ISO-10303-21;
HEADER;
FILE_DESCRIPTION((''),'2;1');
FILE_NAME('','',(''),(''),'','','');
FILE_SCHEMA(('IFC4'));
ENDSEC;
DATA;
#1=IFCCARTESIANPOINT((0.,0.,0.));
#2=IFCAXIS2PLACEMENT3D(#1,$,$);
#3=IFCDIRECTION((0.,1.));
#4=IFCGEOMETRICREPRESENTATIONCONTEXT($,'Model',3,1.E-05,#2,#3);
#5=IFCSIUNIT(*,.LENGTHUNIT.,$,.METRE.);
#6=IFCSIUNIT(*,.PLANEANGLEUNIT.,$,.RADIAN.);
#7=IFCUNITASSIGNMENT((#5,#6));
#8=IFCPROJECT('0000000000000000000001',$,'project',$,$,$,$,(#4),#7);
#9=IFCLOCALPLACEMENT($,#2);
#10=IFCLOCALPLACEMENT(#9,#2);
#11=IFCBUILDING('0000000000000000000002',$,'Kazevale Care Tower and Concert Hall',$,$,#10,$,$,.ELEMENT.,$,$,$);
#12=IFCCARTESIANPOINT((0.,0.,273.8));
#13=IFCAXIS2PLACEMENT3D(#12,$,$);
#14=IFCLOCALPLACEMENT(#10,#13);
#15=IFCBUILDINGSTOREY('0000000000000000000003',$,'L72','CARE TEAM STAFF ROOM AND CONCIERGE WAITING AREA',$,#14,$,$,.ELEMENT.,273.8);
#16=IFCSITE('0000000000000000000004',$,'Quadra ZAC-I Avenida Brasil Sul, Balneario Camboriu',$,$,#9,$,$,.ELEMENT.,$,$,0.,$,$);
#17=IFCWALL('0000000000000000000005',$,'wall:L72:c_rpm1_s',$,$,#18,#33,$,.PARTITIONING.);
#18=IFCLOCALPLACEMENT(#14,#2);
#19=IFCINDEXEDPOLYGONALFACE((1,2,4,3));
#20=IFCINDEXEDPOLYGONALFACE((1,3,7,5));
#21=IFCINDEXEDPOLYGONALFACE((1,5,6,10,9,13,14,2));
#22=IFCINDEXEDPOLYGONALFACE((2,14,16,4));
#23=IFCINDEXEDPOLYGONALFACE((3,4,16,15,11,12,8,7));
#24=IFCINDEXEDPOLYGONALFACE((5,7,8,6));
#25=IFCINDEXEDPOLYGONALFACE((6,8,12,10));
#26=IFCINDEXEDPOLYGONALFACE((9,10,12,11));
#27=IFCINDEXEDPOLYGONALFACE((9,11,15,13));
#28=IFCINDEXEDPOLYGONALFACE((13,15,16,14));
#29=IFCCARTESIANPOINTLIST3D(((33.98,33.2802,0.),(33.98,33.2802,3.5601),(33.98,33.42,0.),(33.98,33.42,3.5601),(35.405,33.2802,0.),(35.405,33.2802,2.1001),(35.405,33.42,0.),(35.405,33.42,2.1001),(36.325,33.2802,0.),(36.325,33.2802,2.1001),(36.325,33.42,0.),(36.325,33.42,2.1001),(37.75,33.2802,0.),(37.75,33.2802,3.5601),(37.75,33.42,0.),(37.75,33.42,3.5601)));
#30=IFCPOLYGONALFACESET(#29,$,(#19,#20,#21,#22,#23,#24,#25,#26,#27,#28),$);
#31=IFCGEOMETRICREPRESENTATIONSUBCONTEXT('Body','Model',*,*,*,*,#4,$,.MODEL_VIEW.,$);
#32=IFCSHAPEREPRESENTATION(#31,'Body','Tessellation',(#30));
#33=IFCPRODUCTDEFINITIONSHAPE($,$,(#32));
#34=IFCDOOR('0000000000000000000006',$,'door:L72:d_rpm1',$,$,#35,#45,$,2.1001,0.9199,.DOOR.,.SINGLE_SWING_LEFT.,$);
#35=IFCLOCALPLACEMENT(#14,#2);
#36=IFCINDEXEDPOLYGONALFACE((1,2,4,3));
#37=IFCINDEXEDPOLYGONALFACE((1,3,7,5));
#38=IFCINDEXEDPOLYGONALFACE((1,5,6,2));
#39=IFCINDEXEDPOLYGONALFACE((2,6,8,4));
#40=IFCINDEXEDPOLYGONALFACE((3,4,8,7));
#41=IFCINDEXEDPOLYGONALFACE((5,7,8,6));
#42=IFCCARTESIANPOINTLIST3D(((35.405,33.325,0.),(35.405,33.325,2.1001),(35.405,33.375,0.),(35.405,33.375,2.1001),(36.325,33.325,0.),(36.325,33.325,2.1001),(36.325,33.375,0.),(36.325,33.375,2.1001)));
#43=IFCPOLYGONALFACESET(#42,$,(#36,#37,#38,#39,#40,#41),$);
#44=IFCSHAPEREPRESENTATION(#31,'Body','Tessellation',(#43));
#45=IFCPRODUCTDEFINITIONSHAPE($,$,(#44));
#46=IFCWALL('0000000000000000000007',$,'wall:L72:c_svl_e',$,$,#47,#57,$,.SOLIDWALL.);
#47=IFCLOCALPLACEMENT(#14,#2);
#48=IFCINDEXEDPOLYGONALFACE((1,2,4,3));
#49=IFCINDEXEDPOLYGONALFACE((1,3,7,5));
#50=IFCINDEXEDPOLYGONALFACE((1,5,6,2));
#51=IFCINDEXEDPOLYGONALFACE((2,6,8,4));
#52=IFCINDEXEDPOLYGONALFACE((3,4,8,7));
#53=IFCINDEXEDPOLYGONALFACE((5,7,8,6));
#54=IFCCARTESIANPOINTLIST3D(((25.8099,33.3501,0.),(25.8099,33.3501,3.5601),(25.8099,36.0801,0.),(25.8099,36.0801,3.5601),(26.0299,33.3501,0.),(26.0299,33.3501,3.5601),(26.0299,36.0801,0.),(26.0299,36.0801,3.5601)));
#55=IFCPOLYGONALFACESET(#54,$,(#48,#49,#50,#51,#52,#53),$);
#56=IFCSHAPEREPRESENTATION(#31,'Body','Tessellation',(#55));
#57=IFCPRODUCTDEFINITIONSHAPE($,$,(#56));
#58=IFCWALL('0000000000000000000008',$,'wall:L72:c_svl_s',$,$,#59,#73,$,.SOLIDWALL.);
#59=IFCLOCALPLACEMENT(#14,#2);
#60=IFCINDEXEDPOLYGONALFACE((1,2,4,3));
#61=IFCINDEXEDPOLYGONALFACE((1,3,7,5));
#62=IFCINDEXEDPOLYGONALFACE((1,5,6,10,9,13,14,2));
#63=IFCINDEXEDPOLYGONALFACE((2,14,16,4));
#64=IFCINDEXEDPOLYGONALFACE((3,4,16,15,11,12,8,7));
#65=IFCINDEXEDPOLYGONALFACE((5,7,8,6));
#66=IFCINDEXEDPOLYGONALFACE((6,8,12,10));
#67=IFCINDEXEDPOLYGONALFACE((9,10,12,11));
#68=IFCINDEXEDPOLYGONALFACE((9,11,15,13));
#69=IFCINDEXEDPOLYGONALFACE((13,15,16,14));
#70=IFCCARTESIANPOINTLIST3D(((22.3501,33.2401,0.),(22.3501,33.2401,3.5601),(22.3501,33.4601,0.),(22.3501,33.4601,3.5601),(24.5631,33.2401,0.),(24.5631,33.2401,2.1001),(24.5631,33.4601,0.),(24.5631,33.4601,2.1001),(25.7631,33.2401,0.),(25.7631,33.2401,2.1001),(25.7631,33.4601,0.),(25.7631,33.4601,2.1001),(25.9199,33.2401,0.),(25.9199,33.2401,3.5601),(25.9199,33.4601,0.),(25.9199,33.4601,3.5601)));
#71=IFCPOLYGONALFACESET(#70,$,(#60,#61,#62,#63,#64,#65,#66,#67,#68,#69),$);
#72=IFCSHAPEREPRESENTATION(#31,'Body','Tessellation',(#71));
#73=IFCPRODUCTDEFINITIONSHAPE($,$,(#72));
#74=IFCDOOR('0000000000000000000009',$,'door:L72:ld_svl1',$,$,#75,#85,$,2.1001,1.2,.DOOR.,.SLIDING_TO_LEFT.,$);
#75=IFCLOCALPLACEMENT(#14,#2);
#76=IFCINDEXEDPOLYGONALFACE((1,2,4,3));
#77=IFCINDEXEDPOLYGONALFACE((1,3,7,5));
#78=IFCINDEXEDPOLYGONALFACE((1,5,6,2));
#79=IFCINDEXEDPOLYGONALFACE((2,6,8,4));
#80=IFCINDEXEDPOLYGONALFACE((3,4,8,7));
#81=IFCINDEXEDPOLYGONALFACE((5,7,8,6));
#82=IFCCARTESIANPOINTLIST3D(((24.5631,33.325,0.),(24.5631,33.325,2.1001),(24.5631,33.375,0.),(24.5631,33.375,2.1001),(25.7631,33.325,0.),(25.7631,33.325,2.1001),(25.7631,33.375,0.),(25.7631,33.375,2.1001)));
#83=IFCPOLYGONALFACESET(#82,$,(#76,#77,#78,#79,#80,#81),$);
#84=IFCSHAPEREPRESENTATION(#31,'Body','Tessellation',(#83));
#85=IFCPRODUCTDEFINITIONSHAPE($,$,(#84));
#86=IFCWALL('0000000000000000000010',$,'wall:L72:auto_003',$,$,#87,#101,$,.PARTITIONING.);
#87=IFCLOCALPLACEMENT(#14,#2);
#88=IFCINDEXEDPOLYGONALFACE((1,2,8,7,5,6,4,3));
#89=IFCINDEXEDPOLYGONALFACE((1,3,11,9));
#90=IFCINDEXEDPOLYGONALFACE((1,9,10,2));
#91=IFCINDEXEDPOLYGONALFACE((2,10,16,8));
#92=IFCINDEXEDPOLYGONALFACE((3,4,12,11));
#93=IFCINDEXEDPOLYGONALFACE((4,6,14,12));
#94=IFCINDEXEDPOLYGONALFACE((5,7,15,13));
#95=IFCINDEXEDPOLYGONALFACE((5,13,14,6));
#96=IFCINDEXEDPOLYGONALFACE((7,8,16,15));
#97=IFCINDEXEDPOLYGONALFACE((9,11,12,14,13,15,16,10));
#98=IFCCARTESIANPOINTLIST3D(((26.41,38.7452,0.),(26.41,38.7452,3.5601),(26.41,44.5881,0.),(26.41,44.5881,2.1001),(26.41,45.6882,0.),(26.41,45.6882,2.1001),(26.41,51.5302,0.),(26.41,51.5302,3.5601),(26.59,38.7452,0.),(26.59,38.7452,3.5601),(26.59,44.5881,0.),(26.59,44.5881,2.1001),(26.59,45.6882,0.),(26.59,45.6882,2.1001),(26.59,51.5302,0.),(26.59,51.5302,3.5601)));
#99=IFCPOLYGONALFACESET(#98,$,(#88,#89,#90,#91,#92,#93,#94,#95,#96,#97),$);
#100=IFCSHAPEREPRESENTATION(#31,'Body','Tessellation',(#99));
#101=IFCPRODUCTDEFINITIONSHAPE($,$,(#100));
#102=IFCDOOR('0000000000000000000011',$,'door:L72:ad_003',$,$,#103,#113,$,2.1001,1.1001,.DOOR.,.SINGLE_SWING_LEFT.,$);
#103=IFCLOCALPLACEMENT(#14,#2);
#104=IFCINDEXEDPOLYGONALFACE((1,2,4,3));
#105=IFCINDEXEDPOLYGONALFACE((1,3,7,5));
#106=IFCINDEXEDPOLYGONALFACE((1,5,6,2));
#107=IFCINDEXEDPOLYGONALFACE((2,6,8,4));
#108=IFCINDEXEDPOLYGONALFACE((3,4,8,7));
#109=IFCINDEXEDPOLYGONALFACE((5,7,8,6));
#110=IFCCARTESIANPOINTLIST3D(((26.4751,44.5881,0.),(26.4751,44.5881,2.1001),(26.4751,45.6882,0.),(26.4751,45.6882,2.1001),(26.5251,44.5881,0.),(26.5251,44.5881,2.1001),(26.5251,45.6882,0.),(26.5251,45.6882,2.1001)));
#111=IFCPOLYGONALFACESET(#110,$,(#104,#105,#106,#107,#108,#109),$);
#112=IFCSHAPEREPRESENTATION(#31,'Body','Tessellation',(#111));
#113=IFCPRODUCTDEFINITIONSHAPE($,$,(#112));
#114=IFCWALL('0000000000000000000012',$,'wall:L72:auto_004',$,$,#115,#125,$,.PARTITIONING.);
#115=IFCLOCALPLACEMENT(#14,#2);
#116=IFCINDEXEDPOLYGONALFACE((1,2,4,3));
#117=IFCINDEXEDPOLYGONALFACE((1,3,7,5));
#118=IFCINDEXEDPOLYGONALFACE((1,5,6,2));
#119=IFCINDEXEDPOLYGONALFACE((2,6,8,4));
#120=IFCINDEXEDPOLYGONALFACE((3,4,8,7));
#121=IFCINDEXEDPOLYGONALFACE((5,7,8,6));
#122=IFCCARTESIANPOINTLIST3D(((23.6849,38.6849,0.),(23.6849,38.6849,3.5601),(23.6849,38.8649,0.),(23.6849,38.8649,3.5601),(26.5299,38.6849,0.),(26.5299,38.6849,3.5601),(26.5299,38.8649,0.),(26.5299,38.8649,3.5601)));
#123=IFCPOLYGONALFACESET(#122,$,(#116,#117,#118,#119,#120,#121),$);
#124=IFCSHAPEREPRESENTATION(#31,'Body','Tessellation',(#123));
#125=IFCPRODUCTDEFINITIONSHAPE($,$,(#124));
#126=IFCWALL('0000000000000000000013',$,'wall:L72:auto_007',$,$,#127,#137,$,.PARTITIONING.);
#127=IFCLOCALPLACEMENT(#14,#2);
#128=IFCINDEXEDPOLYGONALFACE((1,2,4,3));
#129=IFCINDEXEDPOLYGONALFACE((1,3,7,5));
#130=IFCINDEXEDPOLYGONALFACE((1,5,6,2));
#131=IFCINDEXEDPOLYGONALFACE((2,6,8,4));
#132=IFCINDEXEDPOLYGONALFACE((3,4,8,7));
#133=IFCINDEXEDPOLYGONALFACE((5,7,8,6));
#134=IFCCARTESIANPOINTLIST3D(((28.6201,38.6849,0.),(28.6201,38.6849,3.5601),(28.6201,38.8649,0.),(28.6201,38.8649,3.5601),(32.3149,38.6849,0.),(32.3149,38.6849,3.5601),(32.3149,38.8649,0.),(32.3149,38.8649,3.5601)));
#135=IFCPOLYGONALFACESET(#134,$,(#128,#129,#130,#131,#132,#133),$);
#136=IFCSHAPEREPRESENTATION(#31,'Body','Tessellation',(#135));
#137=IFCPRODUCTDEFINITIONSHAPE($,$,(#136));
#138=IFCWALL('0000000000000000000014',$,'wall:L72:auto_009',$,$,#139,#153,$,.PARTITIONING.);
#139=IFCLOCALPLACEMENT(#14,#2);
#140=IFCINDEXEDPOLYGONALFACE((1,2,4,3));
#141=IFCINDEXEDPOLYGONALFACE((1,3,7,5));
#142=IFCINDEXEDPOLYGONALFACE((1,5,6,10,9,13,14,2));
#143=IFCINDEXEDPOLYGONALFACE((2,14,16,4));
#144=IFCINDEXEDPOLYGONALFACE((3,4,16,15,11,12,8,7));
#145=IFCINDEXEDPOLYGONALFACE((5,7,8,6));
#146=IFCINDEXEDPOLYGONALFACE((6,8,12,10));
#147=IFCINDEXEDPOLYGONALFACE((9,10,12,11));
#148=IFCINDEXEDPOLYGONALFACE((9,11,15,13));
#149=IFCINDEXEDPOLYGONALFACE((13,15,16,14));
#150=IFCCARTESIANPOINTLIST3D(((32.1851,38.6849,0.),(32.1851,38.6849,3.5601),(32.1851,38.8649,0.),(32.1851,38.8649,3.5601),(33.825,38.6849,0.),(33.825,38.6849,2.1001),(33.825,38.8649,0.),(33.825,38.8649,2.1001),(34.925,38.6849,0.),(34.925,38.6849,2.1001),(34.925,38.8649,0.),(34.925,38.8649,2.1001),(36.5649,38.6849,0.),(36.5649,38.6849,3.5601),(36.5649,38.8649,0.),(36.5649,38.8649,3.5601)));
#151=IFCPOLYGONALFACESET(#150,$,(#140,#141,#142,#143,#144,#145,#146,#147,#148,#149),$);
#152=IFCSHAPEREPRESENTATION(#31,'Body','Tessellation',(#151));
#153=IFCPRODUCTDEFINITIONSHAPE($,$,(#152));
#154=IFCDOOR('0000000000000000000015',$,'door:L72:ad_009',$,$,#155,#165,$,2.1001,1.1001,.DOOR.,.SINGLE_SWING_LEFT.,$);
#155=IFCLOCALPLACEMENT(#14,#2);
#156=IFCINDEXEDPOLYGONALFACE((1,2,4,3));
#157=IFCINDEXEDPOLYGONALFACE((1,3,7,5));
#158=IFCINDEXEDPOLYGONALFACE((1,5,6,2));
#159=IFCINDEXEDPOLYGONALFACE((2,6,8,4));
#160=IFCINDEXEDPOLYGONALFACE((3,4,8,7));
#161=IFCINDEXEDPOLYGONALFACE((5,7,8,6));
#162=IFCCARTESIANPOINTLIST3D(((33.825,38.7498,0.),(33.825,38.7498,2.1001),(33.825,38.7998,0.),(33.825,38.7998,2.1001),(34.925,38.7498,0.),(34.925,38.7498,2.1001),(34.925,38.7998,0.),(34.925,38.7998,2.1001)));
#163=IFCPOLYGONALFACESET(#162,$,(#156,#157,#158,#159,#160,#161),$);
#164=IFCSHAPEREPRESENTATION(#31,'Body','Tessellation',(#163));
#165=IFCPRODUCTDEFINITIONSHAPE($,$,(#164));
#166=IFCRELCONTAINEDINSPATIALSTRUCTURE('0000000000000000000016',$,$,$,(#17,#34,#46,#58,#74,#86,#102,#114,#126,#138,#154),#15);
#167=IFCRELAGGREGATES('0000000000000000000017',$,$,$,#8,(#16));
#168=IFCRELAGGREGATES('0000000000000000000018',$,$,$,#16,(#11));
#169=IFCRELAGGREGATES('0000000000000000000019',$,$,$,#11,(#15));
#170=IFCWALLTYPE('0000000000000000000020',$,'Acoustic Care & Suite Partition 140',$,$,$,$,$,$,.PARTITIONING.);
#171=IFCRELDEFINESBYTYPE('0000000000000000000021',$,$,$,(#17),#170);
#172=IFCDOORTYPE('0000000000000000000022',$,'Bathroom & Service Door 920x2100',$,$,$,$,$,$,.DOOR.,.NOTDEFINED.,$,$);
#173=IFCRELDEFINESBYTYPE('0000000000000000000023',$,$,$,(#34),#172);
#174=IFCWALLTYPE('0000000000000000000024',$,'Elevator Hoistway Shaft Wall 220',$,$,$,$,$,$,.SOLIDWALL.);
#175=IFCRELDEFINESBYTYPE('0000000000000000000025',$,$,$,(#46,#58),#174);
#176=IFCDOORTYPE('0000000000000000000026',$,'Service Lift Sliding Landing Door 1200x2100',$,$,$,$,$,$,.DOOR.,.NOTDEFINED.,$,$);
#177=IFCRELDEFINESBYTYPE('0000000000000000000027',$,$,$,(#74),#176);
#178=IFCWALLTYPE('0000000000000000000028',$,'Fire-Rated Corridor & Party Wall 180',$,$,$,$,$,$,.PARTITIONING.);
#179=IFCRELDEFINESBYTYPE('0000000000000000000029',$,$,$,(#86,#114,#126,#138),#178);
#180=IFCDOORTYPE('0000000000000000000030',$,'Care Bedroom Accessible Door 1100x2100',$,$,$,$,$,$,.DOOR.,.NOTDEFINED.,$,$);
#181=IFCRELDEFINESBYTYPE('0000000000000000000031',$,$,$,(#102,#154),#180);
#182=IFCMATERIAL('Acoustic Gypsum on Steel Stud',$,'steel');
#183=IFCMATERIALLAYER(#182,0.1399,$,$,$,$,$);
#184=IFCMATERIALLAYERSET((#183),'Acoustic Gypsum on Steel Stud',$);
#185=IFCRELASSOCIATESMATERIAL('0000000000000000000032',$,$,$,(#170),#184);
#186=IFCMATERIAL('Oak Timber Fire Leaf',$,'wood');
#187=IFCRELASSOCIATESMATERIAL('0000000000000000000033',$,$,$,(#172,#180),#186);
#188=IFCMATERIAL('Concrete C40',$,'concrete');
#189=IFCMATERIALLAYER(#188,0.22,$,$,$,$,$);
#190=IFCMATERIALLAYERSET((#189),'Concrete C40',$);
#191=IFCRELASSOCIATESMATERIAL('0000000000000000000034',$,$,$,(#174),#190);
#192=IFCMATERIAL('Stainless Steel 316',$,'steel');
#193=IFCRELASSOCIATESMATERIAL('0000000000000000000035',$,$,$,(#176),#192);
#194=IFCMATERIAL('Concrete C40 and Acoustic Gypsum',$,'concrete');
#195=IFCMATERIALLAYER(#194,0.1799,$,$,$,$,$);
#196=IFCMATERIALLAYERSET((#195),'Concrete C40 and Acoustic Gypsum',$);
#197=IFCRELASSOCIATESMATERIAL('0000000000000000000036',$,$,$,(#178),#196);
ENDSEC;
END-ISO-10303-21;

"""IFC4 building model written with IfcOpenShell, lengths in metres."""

from ifc_helpers import new_model, si_unit, direction, frame, frame_2d, origin, place, context, subcontext, project, spatial, rectangle, extrude, material, layer, layer_set, type_object, element, fill, save


model = new_model("IFC4")

# Units and contexts
model_context = context("Model", 3, precision=1e-05, world=origin(), true_north=direction((0.0, 1.0)))
body_context = subcontext(model_context, "Body", "Model", "MODEL_VIEW")
ifc_project = project(units=[si_unit("LENGTHUNIT", "METRE"), si_unit("PLANEANGLEUNIT", "RADIAN")], contexts=[model_context])

# Site, building, storey
site_placement = place(None, origin())
site = spatial("IfcSite", under=ifc_project, at=site_placement, Name="Quadra ZAC-I Avenida Brasil Sul, Balneario Camboriu", CompositionType="ELEMENT", RefElevation=0.0)
building_placement = place(site_placement, origin())
building = spatial("IfcBuilding", under=site, at=building_placement, Name="Kazevale Care Tower and Concert Hall", CompositionType="ELEMENT")
storey_placement = place(building_placement, frame((0.0, 0.0, 273.8)))
storey = spatial("IfcBuildingStorey", under=building, at=storey_placement, Name="L72", Description="CARE TEAM STAFF ROOM AND CONCIERGE WAITING AREA", CompositionType="ELEMENT", Elevation=273.8)

# Shared definitions
ifc_material_1 = material(Name="Acoustic Gypsum on Steel Stud", Category="steel")
ifc_layer_1 = layer(ifc_material_1, 0.1399)
ifc_layer_set_1 = layer_set([ifc_layer_1], Name="Acoustic Gypsum on Steel Stud")
wall_type_1 = type_object("IfcWallType", Name="Acoustic Care & Suite Partition 140", PredefinedType="PARTITIONING", material=ifc_layer_set_1)
ifc_material_2 = material(Name="Oak Timber Fire Leaf", Category="wood")
door_type_1 = type_object("IfcDoorType", Name="Bathroom & Service Door 920x2100", OperationType="NOTDEFINED", PredefinedType="DOOR", material=ifc_material_2)

# Wall, opening, door
wall_1_placement = place(storey_placement, frame((33.98, 33.3501, 0.0), z_axis=(0.0, 0.0, 1.0), x_axis=(1.0, 0.0, 0.0)))
wall_1 = element("IfcWall", 1, at=wall_1_placement, inside=storey, type_object=wall_type_1, Name="wall:L72:c_rpm1_s", PredefinedType="PARTITIONING", context=body_context, shape_type="SweptSolid", body=[
    extrude(rectangle(XDim=3.77, YDim=0.1399, at=frame_2d((1.885, 0.0))), origin(), (0.0, 0.0, 1.0), 3.5601),
])
opening_1_placement = place(wall_1_placement, frame((1.425, 0.0, 0.0)))
opening_1 = element("IfcOpeningElement", 2, at=opening_1_placement, cuts=wall_1, PredefinedType="OPENING", context=body_context, shape_type="SweptSolid", body=[
    extrude(rectangle(XDim=0.9199, YDim=2.1001, at=frame_2d((0.46, 1.05))), frame((0.0, 0.0798, 0.0), z_axis=(0.0, -1.0, 0.0), x_axis=(1.0, 0.0, 0.0)), (0.0, 0.0, 1.0), 0.1599),
])
door_1_placement = place(opening_1_placement, origin())
door_1 = element("IfcDoor", 3, at=door_1_placement, inside=storey, type_object=door_type_1, Name="door:L72:d_rpm1", OperationType="SINGLE_SWING_LEFT", OverallHeight=2.1001, OverallWidth=0.9199, PredefinedType="DOOR", context=body_context, shape_type="SweptSolid", body=[
    extrude(rectangle(XDim=0.9199, YDim=2.1001, at=frame_2d((0.46, 1.05))), frame((0.0, 0.0249, 0.0), z_axis=(0.0, -1.0, 0.0), x_axis=(1.0, 0.0, 0.0)), (0.0, 0.0, 1.0), 0.05),
])
fill(opening_1, door_1)

# Wall
ifc_material_3 = material(Name="Concrete C40", Category="concrete")
ifc_layer_2 = layer(ifc_material_3, 0.22)
ifc_layer_set_2 = layer_set([ifc_layer_2], Name="Concrete C40")
wall_type_2 = type_object("IfcWallType", Name="Elevator Hoistway Shaft Wall 220", PredefinedType="SOLIDWALL", material=ifc_layer_set_2)
wall_2_placement = place(storey_placement, frame((25.9199, 33.3501, 0.0), z_axis=(0.0, 0.0, 1.0), x_axis=(0.0, 1.0, 0.0)))
element("IfcWall", 4, at=wall_2_placement, inside=storey, type_object=wall_type_2, Name="wall:L72:c_svl_e", PredefinedType="SOLIDWALL", context=body_context, shape_type="SweptSolid", body=[
    extrude(rectangle(XDim=2.73, YDim=0.22, at=frame_2d((1.365, 0.0))), origin(), (0.0, 0.0, 1.0), 3.5601),
])

# Walls, openings, doors
wall_3_placement = place(storey_placement, frame((22.3501, 33.3501, 0.0), z_axis=(0.0, 0.0, 1.0), x_axis=(1.0, 0.0, 0.0)))
wall_3 = element("IfcWall", 5, at=wall_3_placement, inside=storey, type_object=wall_type_2, Name="wall:L72:c_svl_s", PredefinedType="SOLIDWALL", context=body_context, shape_type="SweptSolid", body=[
    extrude(rectangle(XDim=3.5698, YDim=0.22, at=frame_2d((1.7849, 0.0))), origin(), (0.0, 0.0, 1.0), 3.5601),
])
opening_2_placement = place(wall_3_placement, frame((2.2129, 0.0, 0.0)))
opening_2 = element("IfcOpeningElement", 6, at=opening_2_placement, cuts=wall_3, PredefinedType="OPENING", context=body_context, shape_type="SweptSolid", body=[
    extrude(rectangle(XDim=1.2, YDim=2.1001, at=frame_2d((0.6001, 1.05))), frame((0.0, 0.1199, 0.0), z_axis=(0.0, -1.0, 0.0), x_axis=(1.0, 0.0, 0.0)), (0.0, 0.0, 1.0), 0.24),
])
ifc_material_4 = material(Name="Stainless Steel 316", Category="steel")
door_type_2 = type_object("IfcDoorType", Name="Service Lift Sliding Landing Door 1200x2100", OperationType="NOTDEFINED", PredefinedType="DOOR", material=ifc_material_4)
door_2_placement = place(opening_2_placement, origin())
door_2 = element("IfcDoor", 7, at=door_2_placement, inside=storey, type_object=door_type_2, Name="door:L72:ld_svl1", OperationType="SLIDING_TO_LEFT", OverallHeight=2.1001, OverallWidth=1.2, PredefinedType="DOOR", context=body_context, shape_type="SweptSolid", body=[
    extrude(rectangle(XDim=1.2, YDim=2.1001, at=frame_2d((0.6001, 1.05))), frame((0.0, 0.0249, 0.0), z_axis=(0.0, -1.0, 0.0), x_axis=(1.0, 0.0, 0.0)), (0.0, 0.0, 1.0), 0.05),
])
fill(opening_2, door_2)
ifc_material_5 = material(Name="Concrete C40 and Acoustic Gypsum", Category="concrete")
ifc_layer_3 = layer(ifc_material_5, 0.1799)
ifc_layer_set_3 = layer_set([ifc_layer_3], Name="Concrete C40 and Acoustic Gypsum")
wall_type_3 = type_object("IfcWallType", Name="Fire-Rated Corridor & Party Wall 180", PredefinedType="PARTITIONING", material=ifc_layer_set_3)
wall_4_placement = place(storey_placement, frame((26.5, 38.7451, 0.0), z_axis=(0.0, 0.0, 1.0), x_axis=(0.0, 1.0, 0.0)))
wall_4 = element("IfcWall", 8, at=wall_4_placement, inside=storey, type_object=wall_type_3, Name="wall:L72:auto_003", PredefinedType="PARTITIONING", context=body_context, shape_type="SweptSolid", body=[
    extrude(rectangle(XDim=12.7849, YDim=0.1799, at=frame_2d((6.3926, 0.0))), origin(), (0.0, 0.0, 1.0), 3.5601),
])
opening_3_placement = place(wall_4_placement, frame((5.843, 0.0, 0.0)))
opening_3 = element("IfcOpeningElement", 9, at=opening_3_placement, cuts=wall_4, PredefinedType="OPENING", context=body_context, shape_type="SweptSolid", body=[
    extrude(rectangle(XDim=1.1001, YDim=2.1001, at=frame_2d((0.55, 1.05))), frame((0.0, 0.0999, 0.0), z_axis=(0.0, -1.0, 0.0), x_axis=(1.0, 0.0, 0.0)), (0.0, 0.0, 1.0), 0.2),
])
door_type_3 = type_object("IfcDoorType", Name="Care Bedroom Accessible Door 1100x2100", OperationType="NOTDEFINED", PredefinedType="DOOR", material=ifc_material_2)
door_3_placement = place(opening_3_placement, origin())
door_3 = element("IfcDoor", 10, at=door_3_placement, inside=storey, type_object=door_type_3, Name="door:L72:ad_003", OperationType="SINGLE_SWING_LEFT", OverallHeight=2.1001, OverallWidth=1.1001, PredefinedType="DOOR", context=body_context, shape_type="SweptSolid", body=[
    extrude(rectangle(XDim=1.1001, YDim=2.1001, at=frame_2d((0.55, 1.05))), frame((0.0, 0.0249, 0.0), z_axis=(0.0, -1.0, 0.0), x_axis=(1.0, 0.0, 0.0)), (0.0, 0.0, 1.0), 0.05),
])
fill(opening_3, door_3)

# Walls
wall_5_placement = place(storey_placement, frame((23.6851, 38.7749, 0.0), z_axis=(0.0, 0.0, 1.0), x_axis=(1.0, 0.0, 0.0)))
element("IfcWall", 11, at=wall_5_placement, inside=storey, type_object=wall_type_3, Name="wall:L72:auto_004", PredefinedType="PARTITIONING", context=body_context, shape_type="SweptSolid", body=[
    extrude(rectangle(XDim=2.845, YDim=0.1799, at=frame_2d((1.4224, 0.0))), origin(), (0.0, 0.0, 1.0), 3.5601),
])
wall_6_placement = place(storey_placement, frame((28.6201, 38.7749, 0.0), z_axis=(0.0, 0.0, 1.0), x_axis=(1.0, 0.0, 0.0)))
element("IfcWall", 12, at=wall_6_placement, inside=storey, type_object=wall_type_3, Name="wall:L72:auto_007", PredefinedType="PARTITIONING", context=body_context, shape_type="SweptSolid", body=[
    extrude(rectangle(XDim=3.6948, YDim=0.1799, at=frame_2d((1.8474, 0.0))), origin(), (0.0, 0.0, 1.0), 3.5601),
])

# Wall, opening, door
wall_7_placement = place(storey_placement, frame((32.1851, 38.7749, 0.0), z_axis=(0.0, 0.0, 1.0), x_axis=(1.0, 0.0, 0.0)))
wall_7 = element("IfcWall", 13, at=wall_7_placement, inside=storey, type_object=wall_type_3, Name="wall:L72:auto_009", PredefinedType="PARTITIONING", context=body_context, shape_type="SweptSolid", body=[
    extrude(rectangle(XDim=4.3799, YDim=0.1799, at=frame_2d((2.1899, 0.0))), origin(), (0.0, 0.0, 1.0), 3.5601),
])
opening_4_placement = place(wall_7_placement, frame((1.6399, 0.0, 0.0)))
opening_4 = element("IfcOpeningElement", 14, at=opening_4_placement, cuts=wall_7, PredefinedType="OPENING", context=body_context, shape_type="SweptSolid", body=[
    extrude(rectangle(XDim=1.1001, YDim=2.1001, at=frame_2d((0.55, 1.05))), frame((0.0, 0.0999, 0.0), z_axis=(0.0, -1.0, 0.0), x_axis=(1.0, 0.0, 0.0)), (0.0, 0.0, 1.0), 0.2),
])
door_4_placement = place(opening_4_placement, origin())
door_4 = element("IfcDoor", 15, at=door_4_placement, inside=storey, type_object=door_type_3, Name="door:L72:ad_009", OperationType="SINGLE_SWING_LEFT", OverallHeight=2.1001, OverallWidth=1.1001, PredefinedType="DOOR", context=body_context, shape_type="SweptSolid", body=[
    extrude(rectangle(XDim=1.1001, YDim=2.1001, at=frame_2d((0.55, 1.05))), frame((0.0, 0.0249, 0.0), z_axis=(0.0, -1.0, 0.0), x_axis=(1.0, 0.0, 0.0)), (0.0, 0.0, 1.0), 0.05),
])
fill(opening_4, door_4)

save(model, "model.ifc")
